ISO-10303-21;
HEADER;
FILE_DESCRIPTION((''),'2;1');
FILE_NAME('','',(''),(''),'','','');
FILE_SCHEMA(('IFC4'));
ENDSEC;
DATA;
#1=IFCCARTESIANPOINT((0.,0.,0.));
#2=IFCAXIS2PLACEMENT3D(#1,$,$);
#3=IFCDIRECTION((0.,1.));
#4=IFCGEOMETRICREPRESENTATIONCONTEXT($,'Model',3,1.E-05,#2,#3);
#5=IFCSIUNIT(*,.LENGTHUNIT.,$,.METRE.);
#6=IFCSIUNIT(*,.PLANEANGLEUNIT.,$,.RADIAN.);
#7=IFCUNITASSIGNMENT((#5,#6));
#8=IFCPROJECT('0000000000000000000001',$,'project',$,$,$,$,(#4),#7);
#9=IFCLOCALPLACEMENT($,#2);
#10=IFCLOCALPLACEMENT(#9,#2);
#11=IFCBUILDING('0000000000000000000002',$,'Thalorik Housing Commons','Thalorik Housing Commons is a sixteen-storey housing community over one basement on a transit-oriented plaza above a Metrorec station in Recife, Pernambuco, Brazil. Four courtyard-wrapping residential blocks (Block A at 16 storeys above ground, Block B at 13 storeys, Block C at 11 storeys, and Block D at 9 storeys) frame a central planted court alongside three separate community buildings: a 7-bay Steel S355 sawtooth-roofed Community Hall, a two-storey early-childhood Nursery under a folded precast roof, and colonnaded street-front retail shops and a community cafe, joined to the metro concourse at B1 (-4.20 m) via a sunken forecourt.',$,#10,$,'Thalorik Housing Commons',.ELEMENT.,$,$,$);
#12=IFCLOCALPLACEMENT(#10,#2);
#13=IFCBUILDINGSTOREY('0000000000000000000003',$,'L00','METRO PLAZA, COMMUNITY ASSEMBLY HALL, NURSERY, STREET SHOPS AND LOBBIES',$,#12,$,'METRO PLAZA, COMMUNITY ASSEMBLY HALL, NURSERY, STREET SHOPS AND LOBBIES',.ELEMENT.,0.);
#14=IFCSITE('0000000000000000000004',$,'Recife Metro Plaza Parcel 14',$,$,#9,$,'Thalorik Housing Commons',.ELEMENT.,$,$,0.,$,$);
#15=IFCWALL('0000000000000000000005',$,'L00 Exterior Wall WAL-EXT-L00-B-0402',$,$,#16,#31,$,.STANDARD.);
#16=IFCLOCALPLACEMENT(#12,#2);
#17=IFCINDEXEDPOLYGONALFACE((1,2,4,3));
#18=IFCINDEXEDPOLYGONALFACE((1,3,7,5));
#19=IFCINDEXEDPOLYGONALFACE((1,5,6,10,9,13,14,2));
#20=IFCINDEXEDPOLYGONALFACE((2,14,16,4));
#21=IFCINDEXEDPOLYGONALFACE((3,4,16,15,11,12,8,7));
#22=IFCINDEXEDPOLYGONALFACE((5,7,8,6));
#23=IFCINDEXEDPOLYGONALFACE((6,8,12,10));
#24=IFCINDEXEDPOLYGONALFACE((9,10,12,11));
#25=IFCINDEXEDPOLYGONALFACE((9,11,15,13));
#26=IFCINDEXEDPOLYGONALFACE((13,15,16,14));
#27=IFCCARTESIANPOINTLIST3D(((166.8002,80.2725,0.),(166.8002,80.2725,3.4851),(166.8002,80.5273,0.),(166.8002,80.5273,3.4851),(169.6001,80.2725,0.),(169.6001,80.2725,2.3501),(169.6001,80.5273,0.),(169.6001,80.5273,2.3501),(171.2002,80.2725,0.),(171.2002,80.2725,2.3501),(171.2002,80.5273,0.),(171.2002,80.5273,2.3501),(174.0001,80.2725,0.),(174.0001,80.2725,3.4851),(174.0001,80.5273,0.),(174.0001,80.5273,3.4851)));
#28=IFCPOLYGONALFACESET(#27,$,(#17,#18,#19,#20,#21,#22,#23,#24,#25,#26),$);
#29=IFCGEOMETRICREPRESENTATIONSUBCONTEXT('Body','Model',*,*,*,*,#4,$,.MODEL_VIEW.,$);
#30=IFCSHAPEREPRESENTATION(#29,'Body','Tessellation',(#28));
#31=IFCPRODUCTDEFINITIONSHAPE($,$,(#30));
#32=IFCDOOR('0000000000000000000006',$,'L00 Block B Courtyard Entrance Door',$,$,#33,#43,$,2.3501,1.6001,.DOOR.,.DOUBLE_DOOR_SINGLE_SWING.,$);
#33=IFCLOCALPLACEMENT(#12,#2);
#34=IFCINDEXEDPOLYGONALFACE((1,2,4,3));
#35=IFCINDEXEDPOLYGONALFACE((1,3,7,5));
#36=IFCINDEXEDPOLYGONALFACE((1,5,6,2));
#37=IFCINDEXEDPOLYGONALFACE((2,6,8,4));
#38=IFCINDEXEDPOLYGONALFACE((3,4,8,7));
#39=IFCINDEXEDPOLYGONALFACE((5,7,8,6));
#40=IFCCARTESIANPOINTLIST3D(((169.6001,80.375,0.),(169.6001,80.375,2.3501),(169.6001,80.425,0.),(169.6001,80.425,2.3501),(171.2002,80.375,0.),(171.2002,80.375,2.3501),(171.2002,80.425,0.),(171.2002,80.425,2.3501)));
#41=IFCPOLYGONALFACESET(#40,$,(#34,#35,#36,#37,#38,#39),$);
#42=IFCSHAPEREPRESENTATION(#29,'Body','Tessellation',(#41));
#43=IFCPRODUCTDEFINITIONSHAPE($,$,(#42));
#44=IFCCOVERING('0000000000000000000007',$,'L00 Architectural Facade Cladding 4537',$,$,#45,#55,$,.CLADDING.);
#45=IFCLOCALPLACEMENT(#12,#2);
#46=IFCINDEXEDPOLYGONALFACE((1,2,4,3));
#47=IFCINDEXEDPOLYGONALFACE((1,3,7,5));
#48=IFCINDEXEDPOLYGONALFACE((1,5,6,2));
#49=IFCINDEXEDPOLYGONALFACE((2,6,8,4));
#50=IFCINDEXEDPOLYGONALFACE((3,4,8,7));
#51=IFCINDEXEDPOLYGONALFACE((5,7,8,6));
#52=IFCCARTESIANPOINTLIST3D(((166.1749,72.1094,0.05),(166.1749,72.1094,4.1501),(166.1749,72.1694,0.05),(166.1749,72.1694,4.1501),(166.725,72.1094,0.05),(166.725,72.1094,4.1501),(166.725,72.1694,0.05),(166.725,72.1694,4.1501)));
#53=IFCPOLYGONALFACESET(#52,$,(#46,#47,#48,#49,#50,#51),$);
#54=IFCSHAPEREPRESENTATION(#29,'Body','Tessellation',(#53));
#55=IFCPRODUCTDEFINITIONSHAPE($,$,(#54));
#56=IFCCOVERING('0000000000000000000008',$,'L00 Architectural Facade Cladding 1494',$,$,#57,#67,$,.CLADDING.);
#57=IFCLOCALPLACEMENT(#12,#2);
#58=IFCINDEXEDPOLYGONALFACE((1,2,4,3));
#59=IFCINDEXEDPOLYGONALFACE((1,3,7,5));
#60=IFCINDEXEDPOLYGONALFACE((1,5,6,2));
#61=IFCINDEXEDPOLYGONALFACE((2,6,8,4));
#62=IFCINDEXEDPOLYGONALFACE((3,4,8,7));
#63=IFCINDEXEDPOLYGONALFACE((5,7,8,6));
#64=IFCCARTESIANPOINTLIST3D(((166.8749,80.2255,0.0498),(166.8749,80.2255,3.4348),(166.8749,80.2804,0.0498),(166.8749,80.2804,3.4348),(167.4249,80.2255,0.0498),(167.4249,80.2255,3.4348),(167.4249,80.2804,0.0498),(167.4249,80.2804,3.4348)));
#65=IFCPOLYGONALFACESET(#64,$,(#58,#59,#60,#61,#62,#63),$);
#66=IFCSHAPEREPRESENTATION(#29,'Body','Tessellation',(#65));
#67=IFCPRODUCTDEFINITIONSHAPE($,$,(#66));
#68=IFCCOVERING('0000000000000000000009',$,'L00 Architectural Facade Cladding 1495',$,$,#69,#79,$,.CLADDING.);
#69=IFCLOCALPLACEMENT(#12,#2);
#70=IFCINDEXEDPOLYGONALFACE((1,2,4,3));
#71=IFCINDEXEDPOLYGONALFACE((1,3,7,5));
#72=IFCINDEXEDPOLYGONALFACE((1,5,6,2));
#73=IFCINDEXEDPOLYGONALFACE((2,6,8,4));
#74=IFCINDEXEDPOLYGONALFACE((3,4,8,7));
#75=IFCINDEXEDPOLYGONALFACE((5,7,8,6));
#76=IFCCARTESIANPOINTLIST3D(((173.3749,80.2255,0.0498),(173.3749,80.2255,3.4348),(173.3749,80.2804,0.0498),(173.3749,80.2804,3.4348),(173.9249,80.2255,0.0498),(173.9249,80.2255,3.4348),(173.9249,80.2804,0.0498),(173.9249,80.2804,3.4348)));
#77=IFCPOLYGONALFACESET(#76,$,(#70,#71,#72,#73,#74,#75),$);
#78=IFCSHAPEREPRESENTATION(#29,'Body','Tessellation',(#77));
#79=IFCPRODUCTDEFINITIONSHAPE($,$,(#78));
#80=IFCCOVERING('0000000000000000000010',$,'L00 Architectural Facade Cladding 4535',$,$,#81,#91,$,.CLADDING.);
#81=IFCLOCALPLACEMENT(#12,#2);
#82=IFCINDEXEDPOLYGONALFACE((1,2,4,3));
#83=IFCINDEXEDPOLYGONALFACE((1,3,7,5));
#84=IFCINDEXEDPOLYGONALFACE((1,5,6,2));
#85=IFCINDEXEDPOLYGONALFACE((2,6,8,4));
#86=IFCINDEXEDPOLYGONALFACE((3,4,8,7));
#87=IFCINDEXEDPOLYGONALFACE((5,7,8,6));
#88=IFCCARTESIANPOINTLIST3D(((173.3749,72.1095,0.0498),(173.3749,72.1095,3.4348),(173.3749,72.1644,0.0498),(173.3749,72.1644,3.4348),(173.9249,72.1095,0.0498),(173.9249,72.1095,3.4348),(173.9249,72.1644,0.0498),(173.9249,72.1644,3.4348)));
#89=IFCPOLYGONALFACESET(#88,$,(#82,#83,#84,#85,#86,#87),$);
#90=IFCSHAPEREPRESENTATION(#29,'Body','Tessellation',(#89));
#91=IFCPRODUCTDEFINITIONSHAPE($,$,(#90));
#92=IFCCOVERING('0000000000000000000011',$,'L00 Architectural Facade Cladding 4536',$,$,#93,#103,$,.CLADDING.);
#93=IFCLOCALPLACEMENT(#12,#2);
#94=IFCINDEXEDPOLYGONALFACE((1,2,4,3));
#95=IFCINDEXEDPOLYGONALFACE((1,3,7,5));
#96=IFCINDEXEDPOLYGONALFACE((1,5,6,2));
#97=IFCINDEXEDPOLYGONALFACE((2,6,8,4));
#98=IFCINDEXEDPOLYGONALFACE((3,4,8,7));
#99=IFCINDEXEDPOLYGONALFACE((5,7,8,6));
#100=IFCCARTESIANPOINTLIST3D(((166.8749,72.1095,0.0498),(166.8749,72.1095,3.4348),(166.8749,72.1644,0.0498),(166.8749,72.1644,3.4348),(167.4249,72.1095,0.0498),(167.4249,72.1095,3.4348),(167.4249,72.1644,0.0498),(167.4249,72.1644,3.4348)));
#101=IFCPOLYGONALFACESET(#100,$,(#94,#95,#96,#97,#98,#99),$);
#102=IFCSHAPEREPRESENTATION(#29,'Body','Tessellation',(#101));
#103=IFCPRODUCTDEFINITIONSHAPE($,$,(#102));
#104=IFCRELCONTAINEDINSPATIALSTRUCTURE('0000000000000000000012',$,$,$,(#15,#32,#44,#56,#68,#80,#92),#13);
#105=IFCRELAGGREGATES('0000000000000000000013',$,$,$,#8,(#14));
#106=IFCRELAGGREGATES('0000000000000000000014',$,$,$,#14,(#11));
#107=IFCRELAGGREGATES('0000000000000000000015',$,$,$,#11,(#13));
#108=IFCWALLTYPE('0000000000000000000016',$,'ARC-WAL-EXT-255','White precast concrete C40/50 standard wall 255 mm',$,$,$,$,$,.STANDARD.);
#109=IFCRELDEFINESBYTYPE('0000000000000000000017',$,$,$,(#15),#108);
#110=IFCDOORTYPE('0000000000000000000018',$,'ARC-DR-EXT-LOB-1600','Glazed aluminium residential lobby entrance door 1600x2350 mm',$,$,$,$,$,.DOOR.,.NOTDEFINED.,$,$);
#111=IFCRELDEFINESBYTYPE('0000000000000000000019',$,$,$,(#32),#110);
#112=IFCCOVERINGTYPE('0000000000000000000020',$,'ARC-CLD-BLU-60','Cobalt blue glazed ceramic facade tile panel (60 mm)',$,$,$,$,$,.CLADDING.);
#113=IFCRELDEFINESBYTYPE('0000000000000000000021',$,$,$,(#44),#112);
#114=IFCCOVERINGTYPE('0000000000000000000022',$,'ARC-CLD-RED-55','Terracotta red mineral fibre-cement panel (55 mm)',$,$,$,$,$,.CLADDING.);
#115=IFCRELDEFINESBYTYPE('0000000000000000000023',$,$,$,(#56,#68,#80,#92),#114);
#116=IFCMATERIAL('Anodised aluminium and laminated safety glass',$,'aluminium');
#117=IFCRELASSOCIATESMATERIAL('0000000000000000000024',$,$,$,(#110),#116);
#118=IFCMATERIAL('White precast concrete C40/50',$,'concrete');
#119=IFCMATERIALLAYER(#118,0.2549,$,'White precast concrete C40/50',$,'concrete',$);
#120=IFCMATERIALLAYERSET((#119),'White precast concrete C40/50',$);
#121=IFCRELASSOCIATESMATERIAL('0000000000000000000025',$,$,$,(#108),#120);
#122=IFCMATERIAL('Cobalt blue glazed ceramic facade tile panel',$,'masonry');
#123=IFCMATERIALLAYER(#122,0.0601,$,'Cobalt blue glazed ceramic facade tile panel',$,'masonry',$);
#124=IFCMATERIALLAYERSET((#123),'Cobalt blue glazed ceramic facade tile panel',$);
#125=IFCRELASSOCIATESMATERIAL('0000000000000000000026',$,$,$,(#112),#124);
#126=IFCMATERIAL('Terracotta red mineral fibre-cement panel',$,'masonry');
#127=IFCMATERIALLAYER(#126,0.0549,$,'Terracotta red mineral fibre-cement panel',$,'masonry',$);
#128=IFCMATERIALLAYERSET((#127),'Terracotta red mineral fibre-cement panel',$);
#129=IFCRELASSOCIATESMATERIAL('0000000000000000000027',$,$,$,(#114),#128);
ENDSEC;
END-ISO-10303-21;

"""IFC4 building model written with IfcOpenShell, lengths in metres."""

from ifc_helpers import new_model, si_unit, direction, frame, frame_2d, origin, origin_2d, place, context, subcontext, project, spatial, rectangle, extrude, material, layer, layer_set, type_object, element, fill, save


model = new_model("IFC4")

# Units and contexts
model_context = context("Model", 3, precision=1e-05, world=origin(), true_north=direction((0.0, 1.0)))
body_context = subcontext(model_context, "Body", "Model", "MODEL_VIEW")
ifc_project = project(units=[si_unit("LENGTHUNIT", "METRE"), si_unit("PLANEANGLEUNIT", "RADIAN")], contexts=[model_context])

# Site, building, storey
site_placement = place(None, origin())
site = spatial("IfcSite", under=ifc_project, at=site_placement, Name="Recife Metro Plaza Parcel 14", LongName="Thalorik Housing Commons", CompositionType="ELEMENT", RefElevation=0.0)
building_placement = place(site_placement, origin())
building = spatial("IfcBuilding", under=site, at=building_placement, Name="Thalorik Housing Commons", Description="Thalorik Housing Commons is a sixteen-storey housing community over one basement on a transit-oriented plaza above a Metrorec station in Recife, Pernambuco, Brazil. Four courtyard-wrapping residential blocks (Block A at 16 storeys above ground, Block B at 13 storeys, Block C at 11 storeys, and Block D at 9 storeys) frame a central planted court alongside three separate community buildings: a 7-bay Steel S355 sawtooth-roofed Community Hall, a two-storey early-childhood Nursery under a folded precast roof, and colonnaded street-front retail shops and a community cafe, joined to the metro concourse at B1 (-4.20 m) via a sunken forecourt.", LongName="Thalorik Housing Commons", CompositionType="ELEMENT")
storey_placement = place(building_placement, origin())
storey = spatial("IfcBuildingStorey", under=building, at=storey_placement, Name="L00", Description="METRO PLAZA, COMMUNITY ASSEMBLY HALL, NURSERY, STREET SHOPS AND LOBBIES", LongName="METRO PLAZA, COMMUNITY ASSEMBLY HALL, NURSERY, STREET SHOPS AND LOBBIES", CompositionType="ELEMENT", Elevation=0.0)

# Shared definitions
ifc_material_1 = material(Name="White precast concrete C40/50", Category="concrete")

# Shared definitions
ifc_material_2 = material(Name="Anodised aluminium and laminated safety glass", Category="aluminium")
door_type_1 = type_object("IfcDoorType", Name="ARC-DR-EXT-LOB-1600", Description="Glazed aluminium residential lobby entrance door 1600x2350 mm", OperationType="NOTDEFINED", PredefinedType="DOOR", material=ifc_material_2)

# Wall, opening, door
ifc_layer_1 = layer(ifc_material_1, 0.2549, Name="White precast concrete C40/50", Category="concrete")
ifc_layer_set_1 = layer_set([ifc_layer_1], Name="White precast concrete C40/50")
wall_type_1 = type_object("IfcWallType", Name="ARC-WAL-EXT-255", Description="White precast concrete C40/50 standard wall 255 mm", PredefinedType="STANDARD", material=ifc_layer_set_1)
wall_1_placement = place(storey_placement, frame((166.8, 80.3999, 0.0), z_axis=(0.0, 0.0, 1.0), x_axis=(1.0, 0.0, 0.0)))
wall_1 = element("IfcWall", 1, at=wall_1_placement, inside=storey, type_object=wall_type_1, Name="L00 Exterior Wall WAL-EXT-L00-B-0402", PredefinedType="STANDARD", context=body_context, shape_type="SweptSolid", body=[
    extrude(rectangle(XDim=7.2, YDim=0.2549, at=frame_2d((3.6001, 0.0))), origin(), (0.0, 0.0, 1.0), 3.4851),
])
opening_1_placement = place(wall_1_placement, frame((2.8, 0.0, 0.0)))
opening_1 = element("IfcOpeningElement", 2, at=opening_1_placement, cuts=wall_1, PredefinedType="OPENING", context=body_context, shape_type="SweptSolid", body=[
    extrude(rectangle(XDim=1.6001, YDim=2.3501, at=frame_2d((0.8, 1.175))), frame((0.0, 0.1375, 0.0), z_axis=(0.0, -1.0, 0.0), x_axis=(1.0, 0.0, 0.0)), (0.0, 0.0, 1.0), 0.2749),
])
door_1_placement = place(opening_1_placement, frame((1.6001, 0.0, 0.0), z_axis=(0.0, 0.0, 1.0), x_axis=(-1.0, 0.0, 0.0)))
door_1 = element("IfcDoor", 3, at=door_1_placement, inside=storey, type_object=door_type_1, Name="L00 Block B Courtyard Entrance Door", OperationType="DOUBLE_DOOR_SINGLE_SWING", OverallHeight=2.3501, OverallWidth=1.6001, PredefinedType="DOOR", context=body_context, shape_type="SweptSolid", body=[
    extrude(rectangle(XDim=1.6001, YDim=2.3501, at=frame_2d((0.8, 1.175))), frame((0.0, 0.0249, 0.0), z_axis=(0.0, -1.0, 0.0), x_axis=(1.0, 0.0, 0.0)), (0.0, 0.0, 1.0), 0.05),
])
fill(opening_1, door_1)

# Coverings
ifc_material_3 = material(Name="Cobalt blue glazed ceramic facade tile panel", Category="masonry")
ifc_layer_2 = layer(ifc_material_3, 0.0601, Name="Cobalt blue glazed ceramic facade tile panel", Category="masonry")
ifc_layer_set_2 = layer_set([ifc_layer_2], Name="Cobalt blue glazed ceramic facade tile panel")
covering_type_1 = type_object("IfcCoveringType", Name="ARC-CLD-BLU-60", Description="Cobalt blue glazed ceramic facade tile panel (60 mm)", PredefinedType="CLADDING", material=ifc_layer_set_2)
covering_placement = place(storey_placement, frame((166.45, 72.1394, 0.05), z_axis=(0.0, 0.0, 1.0), x_axis=(-1.0, 0.0, 0.0)))
element("IfcCovering", 4, at=covering_placement, inside=storey, type_object=covering_type_1, Name="L00 Architectural Facade Cladding 4537", PredefinedType="CLADDING", context=body_context, shape_type="SweptSolid", body=[
    extrude(rectangle(XDim=0.55, YDim=0.0601, at=origin_2d()), origin(), (0.0, 0.0, 1.0), 4.1001),
])
ifc_material_4 = material(Name="Terracotta red mineral fibre-cement panel", Category="masonry")
ifc_layer_3 = layer(ifc_material_4, 0.0549, Name="Terracotta red mineral fibre-cement panel", Category="masonry")
ifc_layer_set_3 = layer_set([ifc_layer_3], Name="Terracotta red mineral fibre-cement panel")
covering_type_2 = type_object("IfcCoveringType", Name="ARC-CLD-RED-55", Description="Terracotta red mineral fibre-cement panel (55 mm)", PredefinedType="CLADDING", material=ifc_layer_set_3)
for number, where, z_axis, x_axis, name in (
    (5, (167.1499, 80.2529, 0.0498), (0.0, 0.0, 1.0), (1.0, 0.0, 0.0), "L00 Architectural Facade Cladding 1494"),
    (6, (173.6499, 80.2529, 0.0498), (0.0, 0.0, 1.0), (1.0, 0.0, 0.0), "L00 Architectural Facade Cladding 1495"),
    (7, (173.6499, 72.137, 0.0498), (0.0, 0.0, 1.0), (-1.0, 0.0, 0.0), "L00 Architectural Facade Cladding 4535"),
    (8, (167.1499, 72.137, 0.0498), (0.0, 0.0, 1.0), (-1.0, 0.0, 0.0), "L00 Architectural Facade Cladding 4536"),
):
    element("IfcCovering", number, at=place(storey_placement, frame(where, z_axis=z_axis, x_axis=x_axis)), inside=storey, type_object=covering_type_2, Name=name, PredefinedType="CLADDING", context=body_context, shape_type="SweptSolid", body=[
        extrude(rectangle(XDim=0.55, YDim=0.0549, at=origin_2d()), origin(), (0.0, 0.0, 1.0), 3.385),
    ])

save(model, "model.ifc")
